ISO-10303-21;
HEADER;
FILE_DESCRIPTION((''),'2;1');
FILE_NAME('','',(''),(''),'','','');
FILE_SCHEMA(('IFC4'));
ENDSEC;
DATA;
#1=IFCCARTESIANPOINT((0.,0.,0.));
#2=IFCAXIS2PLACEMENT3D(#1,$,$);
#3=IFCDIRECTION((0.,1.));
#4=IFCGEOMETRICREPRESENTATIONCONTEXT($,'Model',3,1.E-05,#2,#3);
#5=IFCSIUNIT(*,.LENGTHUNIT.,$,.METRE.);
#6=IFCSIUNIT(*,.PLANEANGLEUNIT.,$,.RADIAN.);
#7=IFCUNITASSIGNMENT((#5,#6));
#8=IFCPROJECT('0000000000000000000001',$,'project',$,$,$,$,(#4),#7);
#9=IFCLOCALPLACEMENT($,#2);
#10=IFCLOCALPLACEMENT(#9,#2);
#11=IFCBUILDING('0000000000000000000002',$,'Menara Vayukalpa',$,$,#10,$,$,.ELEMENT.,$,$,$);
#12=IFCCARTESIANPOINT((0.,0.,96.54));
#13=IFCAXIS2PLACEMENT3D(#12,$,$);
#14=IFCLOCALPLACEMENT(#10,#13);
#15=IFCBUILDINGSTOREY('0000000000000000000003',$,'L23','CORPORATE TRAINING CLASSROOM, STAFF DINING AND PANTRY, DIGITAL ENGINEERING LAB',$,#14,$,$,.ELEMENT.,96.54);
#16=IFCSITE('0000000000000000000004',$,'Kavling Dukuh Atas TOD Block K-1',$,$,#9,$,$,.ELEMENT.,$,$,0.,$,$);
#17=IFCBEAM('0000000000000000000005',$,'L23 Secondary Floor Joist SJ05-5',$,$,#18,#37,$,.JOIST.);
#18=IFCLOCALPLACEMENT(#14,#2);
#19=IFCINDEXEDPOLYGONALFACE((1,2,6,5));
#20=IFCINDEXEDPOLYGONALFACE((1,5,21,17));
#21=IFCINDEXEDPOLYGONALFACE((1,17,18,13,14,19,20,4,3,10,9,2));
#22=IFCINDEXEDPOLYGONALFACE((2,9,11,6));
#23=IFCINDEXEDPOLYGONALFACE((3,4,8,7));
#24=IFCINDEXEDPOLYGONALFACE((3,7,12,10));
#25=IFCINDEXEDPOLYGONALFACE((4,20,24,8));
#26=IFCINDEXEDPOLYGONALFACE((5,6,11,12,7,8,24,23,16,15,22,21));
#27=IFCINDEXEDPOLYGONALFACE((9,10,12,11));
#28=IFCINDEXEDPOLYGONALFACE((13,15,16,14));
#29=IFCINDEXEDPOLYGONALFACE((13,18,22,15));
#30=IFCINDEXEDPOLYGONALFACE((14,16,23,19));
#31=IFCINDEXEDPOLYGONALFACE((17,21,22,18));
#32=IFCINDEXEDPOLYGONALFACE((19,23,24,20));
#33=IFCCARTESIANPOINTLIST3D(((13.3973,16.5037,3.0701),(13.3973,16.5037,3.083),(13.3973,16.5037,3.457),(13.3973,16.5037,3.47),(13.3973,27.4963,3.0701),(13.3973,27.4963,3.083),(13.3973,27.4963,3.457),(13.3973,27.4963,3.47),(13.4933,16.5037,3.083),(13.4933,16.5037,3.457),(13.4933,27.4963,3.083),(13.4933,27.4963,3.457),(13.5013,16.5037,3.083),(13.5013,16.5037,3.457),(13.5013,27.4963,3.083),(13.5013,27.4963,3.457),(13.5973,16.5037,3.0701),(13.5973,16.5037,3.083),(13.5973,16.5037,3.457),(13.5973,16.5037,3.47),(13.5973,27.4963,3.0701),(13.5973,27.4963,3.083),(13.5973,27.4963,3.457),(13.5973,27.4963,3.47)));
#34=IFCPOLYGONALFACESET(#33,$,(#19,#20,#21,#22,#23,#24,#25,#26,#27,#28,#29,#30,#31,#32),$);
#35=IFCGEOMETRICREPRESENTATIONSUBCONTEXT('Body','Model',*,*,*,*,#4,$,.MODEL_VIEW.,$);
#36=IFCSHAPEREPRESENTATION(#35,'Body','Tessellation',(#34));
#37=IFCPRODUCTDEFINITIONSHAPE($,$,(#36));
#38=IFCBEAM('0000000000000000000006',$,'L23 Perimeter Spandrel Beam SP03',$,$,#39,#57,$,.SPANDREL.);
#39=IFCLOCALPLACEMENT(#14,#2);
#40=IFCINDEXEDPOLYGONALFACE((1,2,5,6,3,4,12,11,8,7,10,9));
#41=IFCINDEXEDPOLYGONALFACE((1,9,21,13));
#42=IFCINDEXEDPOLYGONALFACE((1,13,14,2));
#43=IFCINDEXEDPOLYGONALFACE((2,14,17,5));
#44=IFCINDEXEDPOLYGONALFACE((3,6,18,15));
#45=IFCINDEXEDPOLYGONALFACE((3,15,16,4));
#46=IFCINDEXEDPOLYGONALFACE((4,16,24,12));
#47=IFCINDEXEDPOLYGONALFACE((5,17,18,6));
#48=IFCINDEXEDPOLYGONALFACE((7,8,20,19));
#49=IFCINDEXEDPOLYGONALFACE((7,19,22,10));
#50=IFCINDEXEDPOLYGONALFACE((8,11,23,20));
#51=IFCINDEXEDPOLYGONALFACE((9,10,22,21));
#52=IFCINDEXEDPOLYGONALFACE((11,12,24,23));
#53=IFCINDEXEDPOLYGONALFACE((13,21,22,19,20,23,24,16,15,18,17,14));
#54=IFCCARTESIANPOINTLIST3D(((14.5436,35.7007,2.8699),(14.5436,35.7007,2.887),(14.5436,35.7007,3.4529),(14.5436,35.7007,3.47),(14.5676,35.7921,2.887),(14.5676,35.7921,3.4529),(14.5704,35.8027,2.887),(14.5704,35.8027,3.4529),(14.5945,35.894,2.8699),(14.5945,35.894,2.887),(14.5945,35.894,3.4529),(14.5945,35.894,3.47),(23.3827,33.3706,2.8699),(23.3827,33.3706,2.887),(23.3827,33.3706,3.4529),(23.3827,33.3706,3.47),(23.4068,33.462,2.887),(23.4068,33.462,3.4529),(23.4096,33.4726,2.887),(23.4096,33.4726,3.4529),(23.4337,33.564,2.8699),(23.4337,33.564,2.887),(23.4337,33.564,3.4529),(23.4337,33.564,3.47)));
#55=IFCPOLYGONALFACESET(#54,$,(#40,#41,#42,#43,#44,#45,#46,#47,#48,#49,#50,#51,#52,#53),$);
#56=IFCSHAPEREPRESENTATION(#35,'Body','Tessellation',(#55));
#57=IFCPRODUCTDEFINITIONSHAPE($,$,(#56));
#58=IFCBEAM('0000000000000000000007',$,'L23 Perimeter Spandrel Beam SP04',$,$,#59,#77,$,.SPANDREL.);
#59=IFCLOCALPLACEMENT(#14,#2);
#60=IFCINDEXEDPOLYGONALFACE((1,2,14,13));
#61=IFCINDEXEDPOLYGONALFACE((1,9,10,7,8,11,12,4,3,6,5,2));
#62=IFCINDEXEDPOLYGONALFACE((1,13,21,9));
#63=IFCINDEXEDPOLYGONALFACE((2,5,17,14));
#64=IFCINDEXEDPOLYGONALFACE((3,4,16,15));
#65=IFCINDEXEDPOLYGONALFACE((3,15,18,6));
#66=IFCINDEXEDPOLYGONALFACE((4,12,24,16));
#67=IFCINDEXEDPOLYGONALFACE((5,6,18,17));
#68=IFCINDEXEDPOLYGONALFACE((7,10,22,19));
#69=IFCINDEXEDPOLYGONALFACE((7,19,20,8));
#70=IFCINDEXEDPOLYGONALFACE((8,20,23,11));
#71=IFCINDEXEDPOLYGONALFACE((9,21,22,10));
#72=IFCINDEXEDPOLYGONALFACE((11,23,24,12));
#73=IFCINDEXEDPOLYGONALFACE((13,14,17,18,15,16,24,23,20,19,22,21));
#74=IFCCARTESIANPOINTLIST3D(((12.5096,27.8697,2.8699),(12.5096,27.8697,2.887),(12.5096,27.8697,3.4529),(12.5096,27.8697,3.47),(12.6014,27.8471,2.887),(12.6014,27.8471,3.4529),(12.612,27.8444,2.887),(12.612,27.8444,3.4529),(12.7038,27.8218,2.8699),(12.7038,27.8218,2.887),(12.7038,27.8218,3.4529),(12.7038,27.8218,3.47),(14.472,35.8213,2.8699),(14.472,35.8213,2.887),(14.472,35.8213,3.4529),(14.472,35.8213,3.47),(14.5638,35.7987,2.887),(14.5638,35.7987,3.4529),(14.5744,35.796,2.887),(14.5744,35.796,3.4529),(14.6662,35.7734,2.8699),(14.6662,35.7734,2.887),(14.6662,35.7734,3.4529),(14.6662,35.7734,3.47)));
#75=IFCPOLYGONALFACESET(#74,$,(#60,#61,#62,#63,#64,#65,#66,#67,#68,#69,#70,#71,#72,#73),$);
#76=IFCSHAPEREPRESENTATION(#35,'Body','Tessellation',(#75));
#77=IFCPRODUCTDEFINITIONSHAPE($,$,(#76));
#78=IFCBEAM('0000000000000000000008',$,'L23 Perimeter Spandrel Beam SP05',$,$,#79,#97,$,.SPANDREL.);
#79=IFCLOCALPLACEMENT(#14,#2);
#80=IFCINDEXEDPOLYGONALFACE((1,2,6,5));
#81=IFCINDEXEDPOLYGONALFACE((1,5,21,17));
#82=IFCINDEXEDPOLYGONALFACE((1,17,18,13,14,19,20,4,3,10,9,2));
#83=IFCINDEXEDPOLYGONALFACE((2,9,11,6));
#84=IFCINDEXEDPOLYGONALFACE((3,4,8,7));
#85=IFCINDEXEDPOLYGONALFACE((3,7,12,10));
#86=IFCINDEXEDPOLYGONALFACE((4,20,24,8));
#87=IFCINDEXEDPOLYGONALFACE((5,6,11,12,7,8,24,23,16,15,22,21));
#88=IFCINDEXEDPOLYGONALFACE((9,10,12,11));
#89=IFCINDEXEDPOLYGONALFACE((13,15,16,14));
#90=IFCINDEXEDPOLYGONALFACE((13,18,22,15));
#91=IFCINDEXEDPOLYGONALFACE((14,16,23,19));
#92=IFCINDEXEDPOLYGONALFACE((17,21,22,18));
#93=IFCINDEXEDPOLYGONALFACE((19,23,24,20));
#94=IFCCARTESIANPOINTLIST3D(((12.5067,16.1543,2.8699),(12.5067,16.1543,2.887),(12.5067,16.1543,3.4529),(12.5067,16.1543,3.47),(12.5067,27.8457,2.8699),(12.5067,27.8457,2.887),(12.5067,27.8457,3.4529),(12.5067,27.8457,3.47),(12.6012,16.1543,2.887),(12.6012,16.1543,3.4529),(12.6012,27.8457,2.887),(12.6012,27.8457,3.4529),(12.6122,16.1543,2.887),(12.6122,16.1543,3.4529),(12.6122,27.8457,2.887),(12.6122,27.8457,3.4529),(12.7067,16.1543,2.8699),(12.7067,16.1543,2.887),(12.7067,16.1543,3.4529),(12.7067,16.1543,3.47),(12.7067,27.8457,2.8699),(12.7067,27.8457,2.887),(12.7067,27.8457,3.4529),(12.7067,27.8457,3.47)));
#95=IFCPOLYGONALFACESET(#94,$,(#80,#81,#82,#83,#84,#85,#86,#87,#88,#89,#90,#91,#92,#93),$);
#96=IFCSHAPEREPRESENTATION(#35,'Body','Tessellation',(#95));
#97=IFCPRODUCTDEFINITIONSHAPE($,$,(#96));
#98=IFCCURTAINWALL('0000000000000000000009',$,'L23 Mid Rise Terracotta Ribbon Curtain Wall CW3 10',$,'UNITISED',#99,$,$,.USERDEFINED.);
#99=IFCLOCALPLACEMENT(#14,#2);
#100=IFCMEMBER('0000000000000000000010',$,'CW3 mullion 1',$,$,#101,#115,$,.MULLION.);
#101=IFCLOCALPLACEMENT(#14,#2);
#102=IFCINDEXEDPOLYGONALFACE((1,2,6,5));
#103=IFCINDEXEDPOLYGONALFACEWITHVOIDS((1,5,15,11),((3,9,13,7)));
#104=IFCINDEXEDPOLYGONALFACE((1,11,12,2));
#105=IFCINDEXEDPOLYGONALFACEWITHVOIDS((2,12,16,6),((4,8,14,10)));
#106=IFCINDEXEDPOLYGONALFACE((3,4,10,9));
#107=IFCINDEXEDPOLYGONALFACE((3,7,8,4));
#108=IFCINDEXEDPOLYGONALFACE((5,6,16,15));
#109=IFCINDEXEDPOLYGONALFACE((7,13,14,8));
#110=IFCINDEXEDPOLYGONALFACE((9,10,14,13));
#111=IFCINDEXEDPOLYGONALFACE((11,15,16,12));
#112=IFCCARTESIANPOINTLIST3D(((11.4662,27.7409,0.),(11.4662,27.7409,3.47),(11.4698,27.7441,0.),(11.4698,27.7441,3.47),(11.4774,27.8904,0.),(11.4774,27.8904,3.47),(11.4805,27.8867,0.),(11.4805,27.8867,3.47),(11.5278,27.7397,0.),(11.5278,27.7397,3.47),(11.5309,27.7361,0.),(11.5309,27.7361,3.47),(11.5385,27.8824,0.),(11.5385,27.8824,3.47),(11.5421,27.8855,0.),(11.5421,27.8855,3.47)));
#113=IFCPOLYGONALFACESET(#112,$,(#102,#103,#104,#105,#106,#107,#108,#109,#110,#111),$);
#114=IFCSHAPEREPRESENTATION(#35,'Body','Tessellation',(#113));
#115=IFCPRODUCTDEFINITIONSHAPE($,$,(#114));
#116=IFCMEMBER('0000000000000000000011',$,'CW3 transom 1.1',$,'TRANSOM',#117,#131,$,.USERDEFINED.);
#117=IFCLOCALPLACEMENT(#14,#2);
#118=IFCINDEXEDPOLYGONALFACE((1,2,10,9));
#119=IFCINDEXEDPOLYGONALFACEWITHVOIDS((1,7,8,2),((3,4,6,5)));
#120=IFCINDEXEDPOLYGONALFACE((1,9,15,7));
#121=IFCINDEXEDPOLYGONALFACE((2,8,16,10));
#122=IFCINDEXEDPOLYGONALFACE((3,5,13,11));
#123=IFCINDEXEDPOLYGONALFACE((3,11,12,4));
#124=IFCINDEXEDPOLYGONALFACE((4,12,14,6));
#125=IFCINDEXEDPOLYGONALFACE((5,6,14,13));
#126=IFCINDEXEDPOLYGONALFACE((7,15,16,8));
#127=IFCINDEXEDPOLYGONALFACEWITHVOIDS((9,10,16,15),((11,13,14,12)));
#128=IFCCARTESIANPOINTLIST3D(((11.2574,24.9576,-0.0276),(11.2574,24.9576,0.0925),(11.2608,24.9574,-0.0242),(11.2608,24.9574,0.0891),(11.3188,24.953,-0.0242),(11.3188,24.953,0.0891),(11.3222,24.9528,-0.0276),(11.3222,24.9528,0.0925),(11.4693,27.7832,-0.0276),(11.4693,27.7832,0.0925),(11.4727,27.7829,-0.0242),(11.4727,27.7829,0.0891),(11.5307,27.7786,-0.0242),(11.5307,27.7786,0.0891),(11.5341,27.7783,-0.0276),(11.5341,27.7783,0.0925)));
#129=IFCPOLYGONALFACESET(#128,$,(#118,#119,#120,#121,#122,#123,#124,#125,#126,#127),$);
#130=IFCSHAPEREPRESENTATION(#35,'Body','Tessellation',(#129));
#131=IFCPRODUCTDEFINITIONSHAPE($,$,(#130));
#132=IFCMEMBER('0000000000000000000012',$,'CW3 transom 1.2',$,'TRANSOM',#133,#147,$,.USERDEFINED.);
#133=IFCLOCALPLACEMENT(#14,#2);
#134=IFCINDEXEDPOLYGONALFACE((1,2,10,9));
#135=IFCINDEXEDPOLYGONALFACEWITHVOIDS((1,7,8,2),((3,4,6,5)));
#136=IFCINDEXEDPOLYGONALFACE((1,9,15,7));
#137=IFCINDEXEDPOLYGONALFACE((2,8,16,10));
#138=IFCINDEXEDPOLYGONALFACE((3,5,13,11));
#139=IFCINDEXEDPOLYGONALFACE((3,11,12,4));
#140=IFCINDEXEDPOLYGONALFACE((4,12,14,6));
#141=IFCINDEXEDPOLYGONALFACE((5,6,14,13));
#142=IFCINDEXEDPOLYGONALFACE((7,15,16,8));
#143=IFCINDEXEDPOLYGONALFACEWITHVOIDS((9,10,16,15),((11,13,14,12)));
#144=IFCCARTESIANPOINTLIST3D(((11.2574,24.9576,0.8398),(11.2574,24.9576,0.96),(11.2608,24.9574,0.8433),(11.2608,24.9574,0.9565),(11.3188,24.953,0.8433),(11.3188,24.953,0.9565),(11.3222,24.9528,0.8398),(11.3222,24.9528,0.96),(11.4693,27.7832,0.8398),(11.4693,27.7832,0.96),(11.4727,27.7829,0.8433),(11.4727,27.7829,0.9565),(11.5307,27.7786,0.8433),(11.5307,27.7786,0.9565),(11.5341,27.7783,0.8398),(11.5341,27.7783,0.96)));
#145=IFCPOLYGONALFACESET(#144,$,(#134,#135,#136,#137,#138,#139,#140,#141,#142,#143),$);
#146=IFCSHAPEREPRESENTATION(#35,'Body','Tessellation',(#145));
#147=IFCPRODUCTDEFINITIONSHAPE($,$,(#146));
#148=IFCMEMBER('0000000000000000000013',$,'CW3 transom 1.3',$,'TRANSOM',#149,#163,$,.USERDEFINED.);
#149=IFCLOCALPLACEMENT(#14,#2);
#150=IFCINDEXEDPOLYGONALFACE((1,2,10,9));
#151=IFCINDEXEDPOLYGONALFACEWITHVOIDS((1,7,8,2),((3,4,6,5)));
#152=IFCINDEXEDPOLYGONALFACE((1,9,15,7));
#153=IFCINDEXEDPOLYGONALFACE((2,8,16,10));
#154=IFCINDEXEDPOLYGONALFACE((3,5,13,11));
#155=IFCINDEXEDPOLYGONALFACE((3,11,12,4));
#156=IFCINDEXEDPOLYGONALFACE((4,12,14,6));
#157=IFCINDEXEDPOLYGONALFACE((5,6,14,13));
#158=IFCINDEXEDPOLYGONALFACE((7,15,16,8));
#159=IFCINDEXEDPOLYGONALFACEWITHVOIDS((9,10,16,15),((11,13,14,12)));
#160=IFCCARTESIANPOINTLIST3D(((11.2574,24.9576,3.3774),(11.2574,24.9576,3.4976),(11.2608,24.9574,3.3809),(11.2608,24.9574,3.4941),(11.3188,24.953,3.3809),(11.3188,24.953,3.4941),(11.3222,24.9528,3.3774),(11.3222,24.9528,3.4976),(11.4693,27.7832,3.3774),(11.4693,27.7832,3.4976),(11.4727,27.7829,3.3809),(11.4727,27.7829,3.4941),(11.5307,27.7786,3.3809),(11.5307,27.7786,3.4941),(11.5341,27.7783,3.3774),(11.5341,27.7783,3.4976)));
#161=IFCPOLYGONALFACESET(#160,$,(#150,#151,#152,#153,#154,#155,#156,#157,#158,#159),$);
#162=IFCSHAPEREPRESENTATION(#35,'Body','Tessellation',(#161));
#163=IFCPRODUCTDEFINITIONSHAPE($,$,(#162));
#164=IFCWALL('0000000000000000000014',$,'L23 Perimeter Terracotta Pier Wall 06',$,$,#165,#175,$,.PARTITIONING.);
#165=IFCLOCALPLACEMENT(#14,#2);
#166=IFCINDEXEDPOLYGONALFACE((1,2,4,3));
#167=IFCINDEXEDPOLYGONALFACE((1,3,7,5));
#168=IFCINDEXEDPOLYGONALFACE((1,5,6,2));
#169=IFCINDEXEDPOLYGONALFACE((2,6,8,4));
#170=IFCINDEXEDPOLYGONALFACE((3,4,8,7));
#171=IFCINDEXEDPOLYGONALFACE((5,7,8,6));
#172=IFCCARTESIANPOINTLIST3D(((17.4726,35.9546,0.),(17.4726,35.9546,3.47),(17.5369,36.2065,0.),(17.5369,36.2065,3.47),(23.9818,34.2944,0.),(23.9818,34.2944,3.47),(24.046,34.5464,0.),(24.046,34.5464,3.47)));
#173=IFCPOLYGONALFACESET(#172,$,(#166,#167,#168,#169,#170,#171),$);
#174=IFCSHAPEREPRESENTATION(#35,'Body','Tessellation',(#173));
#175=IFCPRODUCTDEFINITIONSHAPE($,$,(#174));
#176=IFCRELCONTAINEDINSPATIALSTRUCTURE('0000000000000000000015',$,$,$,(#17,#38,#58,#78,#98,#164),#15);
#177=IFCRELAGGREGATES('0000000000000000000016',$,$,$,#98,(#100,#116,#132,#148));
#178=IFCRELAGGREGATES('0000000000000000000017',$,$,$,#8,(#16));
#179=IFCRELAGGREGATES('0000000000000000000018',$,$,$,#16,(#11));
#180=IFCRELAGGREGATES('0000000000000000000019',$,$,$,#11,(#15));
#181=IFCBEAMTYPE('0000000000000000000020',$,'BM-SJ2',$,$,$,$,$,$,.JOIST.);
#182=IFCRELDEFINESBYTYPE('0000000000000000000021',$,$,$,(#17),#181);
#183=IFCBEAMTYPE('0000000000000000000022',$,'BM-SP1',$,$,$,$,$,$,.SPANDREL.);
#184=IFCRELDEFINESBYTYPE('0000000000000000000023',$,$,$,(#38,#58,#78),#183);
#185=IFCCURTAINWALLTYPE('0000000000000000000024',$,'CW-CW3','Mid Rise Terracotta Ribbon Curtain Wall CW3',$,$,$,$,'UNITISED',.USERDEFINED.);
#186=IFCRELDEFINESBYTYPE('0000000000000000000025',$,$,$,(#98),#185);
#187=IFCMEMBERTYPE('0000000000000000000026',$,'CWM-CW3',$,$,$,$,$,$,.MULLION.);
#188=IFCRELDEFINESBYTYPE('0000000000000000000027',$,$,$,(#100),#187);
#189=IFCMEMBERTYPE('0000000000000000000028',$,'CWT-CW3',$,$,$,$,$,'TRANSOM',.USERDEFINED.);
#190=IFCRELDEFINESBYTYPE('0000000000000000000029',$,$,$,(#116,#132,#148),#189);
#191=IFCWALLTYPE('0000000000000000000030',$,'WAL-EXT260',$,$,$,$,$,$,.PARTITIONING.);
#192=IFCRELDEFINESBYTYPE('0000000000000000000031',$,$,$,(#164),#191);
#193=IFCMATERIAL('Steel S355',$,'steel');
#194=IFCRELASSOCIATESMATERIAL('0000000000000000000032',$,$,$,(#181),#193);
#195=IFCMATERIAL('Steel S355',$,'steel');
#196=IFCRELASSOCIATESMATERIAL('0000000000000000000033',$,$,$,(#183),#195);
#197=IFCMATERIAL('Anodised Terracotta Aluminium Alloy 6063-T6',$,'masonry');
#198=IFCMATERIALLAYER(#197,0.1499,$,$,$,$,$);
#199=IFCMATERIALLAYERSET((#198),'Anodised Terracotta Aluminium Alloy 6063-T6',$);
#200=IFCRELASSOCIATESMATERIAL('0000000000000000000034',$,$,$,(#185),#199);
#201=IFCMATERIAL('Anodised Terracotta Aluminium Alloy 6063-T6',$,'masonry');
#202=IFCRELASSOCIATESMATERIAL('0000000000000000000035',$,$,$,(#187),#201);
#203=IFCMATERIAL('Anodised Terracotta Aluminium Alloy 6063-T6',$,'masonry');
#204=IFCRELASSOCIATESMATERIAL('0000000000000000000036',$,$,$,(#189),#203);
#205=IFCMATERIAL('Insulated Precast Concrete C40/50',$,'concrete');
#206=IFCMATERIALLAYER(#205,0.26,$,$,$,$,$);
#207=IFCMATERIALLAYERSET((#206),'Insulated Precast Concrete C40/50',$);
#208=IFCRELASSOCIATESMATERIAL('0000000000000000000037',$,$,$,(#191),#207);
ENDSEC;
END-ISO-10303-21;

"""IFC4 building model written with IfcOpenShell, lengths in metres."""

from ifc_helpers import new_model, si_unit, direction, frame, frame_2d, origin, origin_2d, place, context, subcontext, project, spatial, rectangle, hollow_rectangle, i_section, extrude, material, layer, layer_set, material_profile, profile_set, type_object, element, aggregate, save


model = new_model("IFC4")

# Units and contexts
model_context = context("Model", 3, precision=1e-05, world=origin(), true_north=direction((0.0, 1.0)))
body_context = subcontext(model_context, "Body", "Model", "MODEL_VIEW")
ifc_project = project(units=[si_unit("LENGTHUNIT", "METRE"), si_unit("PLANEANGLEUNIT", "RADIAN")], contexts=[model_context])

# Site, building, storey
site_placement = place(None, origin())
site = spatial("IfcSite", under=ifc_project, at=site_placement, Name="Kavling Dukuh Atas TOD Block K-1", CompositionType="ELEMENT", RefElevation=0.0)
building_placement = place(site_placement, origin())
building = spatial("IfcBuilding", under=site, at=building_placement, Name="Menara Vayukalpa", CompositionType="ELEMENT")
storey_placement = place(building_placement, frame((0.0, 0.0, 96.54)))
storey = spatial("IfcBuildingStorey", under=building, at=storey_placement, Name="L23", Description="CORPORATE TRAINING CLASSROOM, STAFF DINING AND PANTRY, DIGITAL ENGINEERING LAB", CompositionType="ELEMENT", Elevation=96.54)

# Beams
ifc_material_1 = material(Name="Steel S355", Category="steel")
ifc_material_profile_1 = material_profile(ifc_material_1, i_section(OverallWidth=0.2, OverallDepth=0.3999, WebThickness=0.0081, FlangeThickness=0.0129, at=origin_2d()), Name="WF 400x200x8x13")
ifc_profile_set_1 = profile_set([ifc_material_profile_1], Name="Steel S355")
beam_type_1 = type_object("IfcBeamType", Name="BM-SJ2", PredefinedType="JOIST", material=ifc_profile_set_1)
beam_1_placement = place(storey_placement, frame((13.4973, 27.4963, 3.27), z_axis=(0.0, -1.0, 0.0), x_axis=(1.0, 0.0, 0.0)))
element("IfcBeam", 1, at=beam_1_placement, inside=storey, type_object=beam_type_1, Name="L23 Secondary Floor Joist SJ05-5", PredefinedType="JOIST", context=body_context, shape_type="SweptSolid", body=[
    extrude(i_section(OverallWidth=0.2, OverallDepth=0.3999, WebThickness=0.0081, FlangeThickness=0.0129, at=origin_2d()), origin(), (0.0, 0.0, 1.0), 10.9927),
])
ifc_material_2 = material(Name="Steel S355", Category="steel")
ifc_material_profile_2 = material_profile(ifc_material_2, i_section(OverallWidth=0.2, OverallDepth=0.6001, WebThickness=0.011, FlangeThickness=0.0171, at=origin_2d()), Name="WF 600x200x11x17")
ifc_profile_set_2 = profile_set([ifc_material_profile_2], Name="Steel S355")
beam_type_2 = type_object("IfcBeamType", Name="BM-SP1", PredefinedType="SPANDREL", material=ifc_profile_set_2)
beam_2_placement = place(storey_placement, frame((23.4082, 33.4673, 3.1699), z_axis=(-0.966967, 0.254902, 0.0), x_axis=(-0.254902, -0.966967, 0.0)))
element("IfcBeam", 2, at=beam_2_placement, inside=storey, type_object=beam_type_2, Name="L23 Perimeter Spandrel Beam SP03", PredefinedType="SPANDREL", context=body_context, shape_type="SweptSolid", body=[
    extrude(i_section(OverallWidth=0.2, OverallDepth=0.6001, WebThickness=0.011, FlangeThickness=0.0171, at=origin_2d()), origin(), (0.0, 0.0, 1.0), 9.1411),
])
beam_3_placement = place(storey_placement, frame((14.5691, 35.7974, 3.1699), z_axis=(-0.239603, -0.970871, 0.0), x_axis=(0.970871, -0.239603, 0.0)))
element("IfcBeam", 3, at=beam_3_placement, inside=storey, type_object=beam_type_2, Name="L23 Perimeter Spandrel Beam SP04", PredefinedType="SPANDREL", context=body_context, shape_type="SweptSolid", body=[
    extrude(i_section(OverallWidth=0.2, OverallDepth=0.6001, WebThickness=0.011, FlangeThickness=0.0171, at=origin_2d()), origin(), (0.0, 0.0, 1.0), 8.1902),
])
beam_4_placement = place(storey_placement, frame((12.6067, 27.8457, 3.1699), z_axis=(0.0, -1.0, 0.0), x_axis=(1.0, 0.0, 0.0)))
element("IfcBeam", 4, at=beam_4_placement, inside=storey, type_object=beam_type_2, Name="L23 Perimeter Spandrel Beam SP05", PredefinedType="SPANDREL", context=body_context, shape_type="SweptSolid", body=[
    extrude(i_section(OverallWidth=0.2, OverallDepth=0.6001, WebThickness=0.011, FlangeThickness=0.0171, at=origin_2d()), origin(), (0.0, 0.0, 1.0), 11.6914),
])

# Curtain wall, members
ifc_material_3 = material(Name="Anodised Terracotta Aluminium Alloy 6063-T6", Category="masonry")
ifc_layer_1 = layer(ifc_material_3, 0.1499)
ifc_layer_set_1 = layer_set([ifc_layer_1], Name="Anodised Terracotta Aluminium Alloy 6063-T6")
curtain_wall_type = type_object("IfcCurtainWallType", Name="CW-CW3", Description="Mid Rise Terracotta Ribbon Curtain Wall CW3", ElementType="UNITISED", PredefinedType="USERDEFINED", material=ifc_layer_set_1)
curtain_wall_placement = place(storey_placement, origin())
curtain_wall = element("IfcCurtainWall", 5, at=curtain_wall_placement, inside=storey, type_object=curtain_wall_type, Name="L23 Mid Rise Terracotta Ribbon Curtain Wall CW3 10", ObjectType="UNITISED", PredefinedType="USERDEFINED")
ifc_material_4 = material(Name="Anodised Terracotta Aluminium Alloy 6063-T6", Category="masonry")
ifc_material_profile_3 = material_profile(ifc_material_4, hollow_rectangle(XDim=0.0649, YDim=0.1499, WallThickness=0.0034, at=origin_2d()), Name="ALU 65x150x3.5")
ifc_profile_set_3 = profile_set([ifc_material_profile_3], Name="Anodised Terracotta Aluminium Alloy 6063-T6")
member_type_1 = type_object("IfcMemberType", Name="CWM-CW3", PredefinedType="MULLION", material=ifc_profile_set_3)
member_1_placement = place(storey_placement, frame((11.5042, 27.8132, 0.0), z_axis=(0.0, 0.0, 1.0), x_axis=(0.9972, -0.074785, 0.0)))
member_1 = element("IfcMember", 6, at=member_1_placement, type_object=member_type_1, Name="CW3 mullion 1", PredefinedType="MULLION", context=body_context, shape_type="SweptSolid", body=[
    extrude(hollow_rectangle(XDim=0.0649, YDim=0.1499, WallThickness=0.0034, at=origin_2d()), origin(), (0.0, 0.0, 1.0), 3.47),
])
ifc_material_5 = material(Name="Anodised Terracotta Aluminium Alloy 6063-T6", Category="masonry")
ifc_material_profile_4 = material_profile(ifc_material_5, hollow_rectangle(XDim=0.0649, YDim=0.1201, WallThickness=0.0034, at=origin_2d()), Name="ALU 65x120x3.5")
ifc_profile_set_4 = profile_set([ifc_material_profile_4], Name="Anodised Terracotta Aluminium Alloy 6063-T6")
member_type_2 = type_object("IfcMemberType", Name="CWT-CW3", ElementType="TRANSOM", PredefinedType="USERDEFINED", material=ifc_profile_set_4)
member_2_placement = place(storey_placement, frame((11.5017, 27.7808, 0.0325), z_axis=(-0.074792, -0.997199, 0.0), x_axis=(0.997199, -0.074792, 0.0)))
member_2 = element("IfcMember", 7, at=member_2_placement, type_object=member_type_2, Name="CW3 transom 1.1", ObjectType="TRANSOM", PredefinedType="USERDEFINED", context=body_context, shape_type="SweptSolid", body=[
    extrude(hollow_rectangle(XDim=0.0649, YDim=0.1201, WallThickness=0.0034, at=origin_2d()), origin(), (0.0, 0.0, 1.0), 2.8335),
])
member_3_placement = place(storey_placement, frame((11.5017, 27.7808, 0.8999), z_axis=(-0.074792, -0.997199, 0.0), x_axis=(0.997199, -0.074792, 0.0)))
member_3 = element("IfcMember", 8, at=member_3_placement, type_object=member_type_2, Name="CW3 transom 1.2", ObjectType="TRANSOM", PredefinedType="USERDEFINED", context=body_context, shape_type="SweptSolid", body=[
    extrude(hollow_rectangle(XDim=0.0649, YDim=0.1201, WallThickness=0.0034, at=origin_2d()), origin(), (0.0, 0.0, 1.0), 2.8335),
])
member_4_placement = place(storey_placement, frame((11.5017, 27.7808, 3.4375), z_axis=(-0.074792, -0.997199, 0.0), x_axis=(0.997199, -0.074792, 0.0)))
member_4 = element("IfcMember", 9, at=member_4_placement, type_object=member_type_2, Name="CW3 transom 1.3", ObjectType="TRANSOM", PredefinedType="USERDEFINED", context=body_context, shape_type="SweptSolid", body=[
    extrude(hollow_rectangle(XDim=0.0649, YDim=0.1201, WallThickness=0.0034, at=origin_2d()), origin(), (0.0, 0.0, 1.0), 2.8335),
])
aggregate(curtain_wall, [member_1, member_2, member_3, member_4])

# Wall
ifc_material_6 = material(Name="Insulated Precast Concrete C40/50", Category="concrete")
ifc_layer_2 = layer(ifc_material_6, 0.26)
ifc_layer_set_2 = layer_set([ifc_layer_2], Name="Insulated Precast Concrete C40/50")
wall_type_1 = type_object("IfcWallType", Name="WAL-EXT260", PredefinedType="PARTITIONING", material=ifc_layer_set_2)
wall_1_placement = place(storey_placement, frame((17.5046, 36.0806, 0.0), z_axis=(0.0, 0.0, 1.0), x_axis=(0.968981, -0.247134, 0.0)))
element("IfcWall", 10, at=wall_1_placement, inside=storey, type_object=wall_type_1, Name="L23 Perimeter Terracotta Pier Wall 06", PredefinedType="PARTITIONING", context=body_context, shape_type="SweptSolid", body=[
    extrude(rectangle(XDim=6.7175, YDim=0.26, at=frame_2d((3.3589, 0.0))), origin(), (0.0, 0.0, 1.0), 3.47),
])

save(model, "model.ifc")
